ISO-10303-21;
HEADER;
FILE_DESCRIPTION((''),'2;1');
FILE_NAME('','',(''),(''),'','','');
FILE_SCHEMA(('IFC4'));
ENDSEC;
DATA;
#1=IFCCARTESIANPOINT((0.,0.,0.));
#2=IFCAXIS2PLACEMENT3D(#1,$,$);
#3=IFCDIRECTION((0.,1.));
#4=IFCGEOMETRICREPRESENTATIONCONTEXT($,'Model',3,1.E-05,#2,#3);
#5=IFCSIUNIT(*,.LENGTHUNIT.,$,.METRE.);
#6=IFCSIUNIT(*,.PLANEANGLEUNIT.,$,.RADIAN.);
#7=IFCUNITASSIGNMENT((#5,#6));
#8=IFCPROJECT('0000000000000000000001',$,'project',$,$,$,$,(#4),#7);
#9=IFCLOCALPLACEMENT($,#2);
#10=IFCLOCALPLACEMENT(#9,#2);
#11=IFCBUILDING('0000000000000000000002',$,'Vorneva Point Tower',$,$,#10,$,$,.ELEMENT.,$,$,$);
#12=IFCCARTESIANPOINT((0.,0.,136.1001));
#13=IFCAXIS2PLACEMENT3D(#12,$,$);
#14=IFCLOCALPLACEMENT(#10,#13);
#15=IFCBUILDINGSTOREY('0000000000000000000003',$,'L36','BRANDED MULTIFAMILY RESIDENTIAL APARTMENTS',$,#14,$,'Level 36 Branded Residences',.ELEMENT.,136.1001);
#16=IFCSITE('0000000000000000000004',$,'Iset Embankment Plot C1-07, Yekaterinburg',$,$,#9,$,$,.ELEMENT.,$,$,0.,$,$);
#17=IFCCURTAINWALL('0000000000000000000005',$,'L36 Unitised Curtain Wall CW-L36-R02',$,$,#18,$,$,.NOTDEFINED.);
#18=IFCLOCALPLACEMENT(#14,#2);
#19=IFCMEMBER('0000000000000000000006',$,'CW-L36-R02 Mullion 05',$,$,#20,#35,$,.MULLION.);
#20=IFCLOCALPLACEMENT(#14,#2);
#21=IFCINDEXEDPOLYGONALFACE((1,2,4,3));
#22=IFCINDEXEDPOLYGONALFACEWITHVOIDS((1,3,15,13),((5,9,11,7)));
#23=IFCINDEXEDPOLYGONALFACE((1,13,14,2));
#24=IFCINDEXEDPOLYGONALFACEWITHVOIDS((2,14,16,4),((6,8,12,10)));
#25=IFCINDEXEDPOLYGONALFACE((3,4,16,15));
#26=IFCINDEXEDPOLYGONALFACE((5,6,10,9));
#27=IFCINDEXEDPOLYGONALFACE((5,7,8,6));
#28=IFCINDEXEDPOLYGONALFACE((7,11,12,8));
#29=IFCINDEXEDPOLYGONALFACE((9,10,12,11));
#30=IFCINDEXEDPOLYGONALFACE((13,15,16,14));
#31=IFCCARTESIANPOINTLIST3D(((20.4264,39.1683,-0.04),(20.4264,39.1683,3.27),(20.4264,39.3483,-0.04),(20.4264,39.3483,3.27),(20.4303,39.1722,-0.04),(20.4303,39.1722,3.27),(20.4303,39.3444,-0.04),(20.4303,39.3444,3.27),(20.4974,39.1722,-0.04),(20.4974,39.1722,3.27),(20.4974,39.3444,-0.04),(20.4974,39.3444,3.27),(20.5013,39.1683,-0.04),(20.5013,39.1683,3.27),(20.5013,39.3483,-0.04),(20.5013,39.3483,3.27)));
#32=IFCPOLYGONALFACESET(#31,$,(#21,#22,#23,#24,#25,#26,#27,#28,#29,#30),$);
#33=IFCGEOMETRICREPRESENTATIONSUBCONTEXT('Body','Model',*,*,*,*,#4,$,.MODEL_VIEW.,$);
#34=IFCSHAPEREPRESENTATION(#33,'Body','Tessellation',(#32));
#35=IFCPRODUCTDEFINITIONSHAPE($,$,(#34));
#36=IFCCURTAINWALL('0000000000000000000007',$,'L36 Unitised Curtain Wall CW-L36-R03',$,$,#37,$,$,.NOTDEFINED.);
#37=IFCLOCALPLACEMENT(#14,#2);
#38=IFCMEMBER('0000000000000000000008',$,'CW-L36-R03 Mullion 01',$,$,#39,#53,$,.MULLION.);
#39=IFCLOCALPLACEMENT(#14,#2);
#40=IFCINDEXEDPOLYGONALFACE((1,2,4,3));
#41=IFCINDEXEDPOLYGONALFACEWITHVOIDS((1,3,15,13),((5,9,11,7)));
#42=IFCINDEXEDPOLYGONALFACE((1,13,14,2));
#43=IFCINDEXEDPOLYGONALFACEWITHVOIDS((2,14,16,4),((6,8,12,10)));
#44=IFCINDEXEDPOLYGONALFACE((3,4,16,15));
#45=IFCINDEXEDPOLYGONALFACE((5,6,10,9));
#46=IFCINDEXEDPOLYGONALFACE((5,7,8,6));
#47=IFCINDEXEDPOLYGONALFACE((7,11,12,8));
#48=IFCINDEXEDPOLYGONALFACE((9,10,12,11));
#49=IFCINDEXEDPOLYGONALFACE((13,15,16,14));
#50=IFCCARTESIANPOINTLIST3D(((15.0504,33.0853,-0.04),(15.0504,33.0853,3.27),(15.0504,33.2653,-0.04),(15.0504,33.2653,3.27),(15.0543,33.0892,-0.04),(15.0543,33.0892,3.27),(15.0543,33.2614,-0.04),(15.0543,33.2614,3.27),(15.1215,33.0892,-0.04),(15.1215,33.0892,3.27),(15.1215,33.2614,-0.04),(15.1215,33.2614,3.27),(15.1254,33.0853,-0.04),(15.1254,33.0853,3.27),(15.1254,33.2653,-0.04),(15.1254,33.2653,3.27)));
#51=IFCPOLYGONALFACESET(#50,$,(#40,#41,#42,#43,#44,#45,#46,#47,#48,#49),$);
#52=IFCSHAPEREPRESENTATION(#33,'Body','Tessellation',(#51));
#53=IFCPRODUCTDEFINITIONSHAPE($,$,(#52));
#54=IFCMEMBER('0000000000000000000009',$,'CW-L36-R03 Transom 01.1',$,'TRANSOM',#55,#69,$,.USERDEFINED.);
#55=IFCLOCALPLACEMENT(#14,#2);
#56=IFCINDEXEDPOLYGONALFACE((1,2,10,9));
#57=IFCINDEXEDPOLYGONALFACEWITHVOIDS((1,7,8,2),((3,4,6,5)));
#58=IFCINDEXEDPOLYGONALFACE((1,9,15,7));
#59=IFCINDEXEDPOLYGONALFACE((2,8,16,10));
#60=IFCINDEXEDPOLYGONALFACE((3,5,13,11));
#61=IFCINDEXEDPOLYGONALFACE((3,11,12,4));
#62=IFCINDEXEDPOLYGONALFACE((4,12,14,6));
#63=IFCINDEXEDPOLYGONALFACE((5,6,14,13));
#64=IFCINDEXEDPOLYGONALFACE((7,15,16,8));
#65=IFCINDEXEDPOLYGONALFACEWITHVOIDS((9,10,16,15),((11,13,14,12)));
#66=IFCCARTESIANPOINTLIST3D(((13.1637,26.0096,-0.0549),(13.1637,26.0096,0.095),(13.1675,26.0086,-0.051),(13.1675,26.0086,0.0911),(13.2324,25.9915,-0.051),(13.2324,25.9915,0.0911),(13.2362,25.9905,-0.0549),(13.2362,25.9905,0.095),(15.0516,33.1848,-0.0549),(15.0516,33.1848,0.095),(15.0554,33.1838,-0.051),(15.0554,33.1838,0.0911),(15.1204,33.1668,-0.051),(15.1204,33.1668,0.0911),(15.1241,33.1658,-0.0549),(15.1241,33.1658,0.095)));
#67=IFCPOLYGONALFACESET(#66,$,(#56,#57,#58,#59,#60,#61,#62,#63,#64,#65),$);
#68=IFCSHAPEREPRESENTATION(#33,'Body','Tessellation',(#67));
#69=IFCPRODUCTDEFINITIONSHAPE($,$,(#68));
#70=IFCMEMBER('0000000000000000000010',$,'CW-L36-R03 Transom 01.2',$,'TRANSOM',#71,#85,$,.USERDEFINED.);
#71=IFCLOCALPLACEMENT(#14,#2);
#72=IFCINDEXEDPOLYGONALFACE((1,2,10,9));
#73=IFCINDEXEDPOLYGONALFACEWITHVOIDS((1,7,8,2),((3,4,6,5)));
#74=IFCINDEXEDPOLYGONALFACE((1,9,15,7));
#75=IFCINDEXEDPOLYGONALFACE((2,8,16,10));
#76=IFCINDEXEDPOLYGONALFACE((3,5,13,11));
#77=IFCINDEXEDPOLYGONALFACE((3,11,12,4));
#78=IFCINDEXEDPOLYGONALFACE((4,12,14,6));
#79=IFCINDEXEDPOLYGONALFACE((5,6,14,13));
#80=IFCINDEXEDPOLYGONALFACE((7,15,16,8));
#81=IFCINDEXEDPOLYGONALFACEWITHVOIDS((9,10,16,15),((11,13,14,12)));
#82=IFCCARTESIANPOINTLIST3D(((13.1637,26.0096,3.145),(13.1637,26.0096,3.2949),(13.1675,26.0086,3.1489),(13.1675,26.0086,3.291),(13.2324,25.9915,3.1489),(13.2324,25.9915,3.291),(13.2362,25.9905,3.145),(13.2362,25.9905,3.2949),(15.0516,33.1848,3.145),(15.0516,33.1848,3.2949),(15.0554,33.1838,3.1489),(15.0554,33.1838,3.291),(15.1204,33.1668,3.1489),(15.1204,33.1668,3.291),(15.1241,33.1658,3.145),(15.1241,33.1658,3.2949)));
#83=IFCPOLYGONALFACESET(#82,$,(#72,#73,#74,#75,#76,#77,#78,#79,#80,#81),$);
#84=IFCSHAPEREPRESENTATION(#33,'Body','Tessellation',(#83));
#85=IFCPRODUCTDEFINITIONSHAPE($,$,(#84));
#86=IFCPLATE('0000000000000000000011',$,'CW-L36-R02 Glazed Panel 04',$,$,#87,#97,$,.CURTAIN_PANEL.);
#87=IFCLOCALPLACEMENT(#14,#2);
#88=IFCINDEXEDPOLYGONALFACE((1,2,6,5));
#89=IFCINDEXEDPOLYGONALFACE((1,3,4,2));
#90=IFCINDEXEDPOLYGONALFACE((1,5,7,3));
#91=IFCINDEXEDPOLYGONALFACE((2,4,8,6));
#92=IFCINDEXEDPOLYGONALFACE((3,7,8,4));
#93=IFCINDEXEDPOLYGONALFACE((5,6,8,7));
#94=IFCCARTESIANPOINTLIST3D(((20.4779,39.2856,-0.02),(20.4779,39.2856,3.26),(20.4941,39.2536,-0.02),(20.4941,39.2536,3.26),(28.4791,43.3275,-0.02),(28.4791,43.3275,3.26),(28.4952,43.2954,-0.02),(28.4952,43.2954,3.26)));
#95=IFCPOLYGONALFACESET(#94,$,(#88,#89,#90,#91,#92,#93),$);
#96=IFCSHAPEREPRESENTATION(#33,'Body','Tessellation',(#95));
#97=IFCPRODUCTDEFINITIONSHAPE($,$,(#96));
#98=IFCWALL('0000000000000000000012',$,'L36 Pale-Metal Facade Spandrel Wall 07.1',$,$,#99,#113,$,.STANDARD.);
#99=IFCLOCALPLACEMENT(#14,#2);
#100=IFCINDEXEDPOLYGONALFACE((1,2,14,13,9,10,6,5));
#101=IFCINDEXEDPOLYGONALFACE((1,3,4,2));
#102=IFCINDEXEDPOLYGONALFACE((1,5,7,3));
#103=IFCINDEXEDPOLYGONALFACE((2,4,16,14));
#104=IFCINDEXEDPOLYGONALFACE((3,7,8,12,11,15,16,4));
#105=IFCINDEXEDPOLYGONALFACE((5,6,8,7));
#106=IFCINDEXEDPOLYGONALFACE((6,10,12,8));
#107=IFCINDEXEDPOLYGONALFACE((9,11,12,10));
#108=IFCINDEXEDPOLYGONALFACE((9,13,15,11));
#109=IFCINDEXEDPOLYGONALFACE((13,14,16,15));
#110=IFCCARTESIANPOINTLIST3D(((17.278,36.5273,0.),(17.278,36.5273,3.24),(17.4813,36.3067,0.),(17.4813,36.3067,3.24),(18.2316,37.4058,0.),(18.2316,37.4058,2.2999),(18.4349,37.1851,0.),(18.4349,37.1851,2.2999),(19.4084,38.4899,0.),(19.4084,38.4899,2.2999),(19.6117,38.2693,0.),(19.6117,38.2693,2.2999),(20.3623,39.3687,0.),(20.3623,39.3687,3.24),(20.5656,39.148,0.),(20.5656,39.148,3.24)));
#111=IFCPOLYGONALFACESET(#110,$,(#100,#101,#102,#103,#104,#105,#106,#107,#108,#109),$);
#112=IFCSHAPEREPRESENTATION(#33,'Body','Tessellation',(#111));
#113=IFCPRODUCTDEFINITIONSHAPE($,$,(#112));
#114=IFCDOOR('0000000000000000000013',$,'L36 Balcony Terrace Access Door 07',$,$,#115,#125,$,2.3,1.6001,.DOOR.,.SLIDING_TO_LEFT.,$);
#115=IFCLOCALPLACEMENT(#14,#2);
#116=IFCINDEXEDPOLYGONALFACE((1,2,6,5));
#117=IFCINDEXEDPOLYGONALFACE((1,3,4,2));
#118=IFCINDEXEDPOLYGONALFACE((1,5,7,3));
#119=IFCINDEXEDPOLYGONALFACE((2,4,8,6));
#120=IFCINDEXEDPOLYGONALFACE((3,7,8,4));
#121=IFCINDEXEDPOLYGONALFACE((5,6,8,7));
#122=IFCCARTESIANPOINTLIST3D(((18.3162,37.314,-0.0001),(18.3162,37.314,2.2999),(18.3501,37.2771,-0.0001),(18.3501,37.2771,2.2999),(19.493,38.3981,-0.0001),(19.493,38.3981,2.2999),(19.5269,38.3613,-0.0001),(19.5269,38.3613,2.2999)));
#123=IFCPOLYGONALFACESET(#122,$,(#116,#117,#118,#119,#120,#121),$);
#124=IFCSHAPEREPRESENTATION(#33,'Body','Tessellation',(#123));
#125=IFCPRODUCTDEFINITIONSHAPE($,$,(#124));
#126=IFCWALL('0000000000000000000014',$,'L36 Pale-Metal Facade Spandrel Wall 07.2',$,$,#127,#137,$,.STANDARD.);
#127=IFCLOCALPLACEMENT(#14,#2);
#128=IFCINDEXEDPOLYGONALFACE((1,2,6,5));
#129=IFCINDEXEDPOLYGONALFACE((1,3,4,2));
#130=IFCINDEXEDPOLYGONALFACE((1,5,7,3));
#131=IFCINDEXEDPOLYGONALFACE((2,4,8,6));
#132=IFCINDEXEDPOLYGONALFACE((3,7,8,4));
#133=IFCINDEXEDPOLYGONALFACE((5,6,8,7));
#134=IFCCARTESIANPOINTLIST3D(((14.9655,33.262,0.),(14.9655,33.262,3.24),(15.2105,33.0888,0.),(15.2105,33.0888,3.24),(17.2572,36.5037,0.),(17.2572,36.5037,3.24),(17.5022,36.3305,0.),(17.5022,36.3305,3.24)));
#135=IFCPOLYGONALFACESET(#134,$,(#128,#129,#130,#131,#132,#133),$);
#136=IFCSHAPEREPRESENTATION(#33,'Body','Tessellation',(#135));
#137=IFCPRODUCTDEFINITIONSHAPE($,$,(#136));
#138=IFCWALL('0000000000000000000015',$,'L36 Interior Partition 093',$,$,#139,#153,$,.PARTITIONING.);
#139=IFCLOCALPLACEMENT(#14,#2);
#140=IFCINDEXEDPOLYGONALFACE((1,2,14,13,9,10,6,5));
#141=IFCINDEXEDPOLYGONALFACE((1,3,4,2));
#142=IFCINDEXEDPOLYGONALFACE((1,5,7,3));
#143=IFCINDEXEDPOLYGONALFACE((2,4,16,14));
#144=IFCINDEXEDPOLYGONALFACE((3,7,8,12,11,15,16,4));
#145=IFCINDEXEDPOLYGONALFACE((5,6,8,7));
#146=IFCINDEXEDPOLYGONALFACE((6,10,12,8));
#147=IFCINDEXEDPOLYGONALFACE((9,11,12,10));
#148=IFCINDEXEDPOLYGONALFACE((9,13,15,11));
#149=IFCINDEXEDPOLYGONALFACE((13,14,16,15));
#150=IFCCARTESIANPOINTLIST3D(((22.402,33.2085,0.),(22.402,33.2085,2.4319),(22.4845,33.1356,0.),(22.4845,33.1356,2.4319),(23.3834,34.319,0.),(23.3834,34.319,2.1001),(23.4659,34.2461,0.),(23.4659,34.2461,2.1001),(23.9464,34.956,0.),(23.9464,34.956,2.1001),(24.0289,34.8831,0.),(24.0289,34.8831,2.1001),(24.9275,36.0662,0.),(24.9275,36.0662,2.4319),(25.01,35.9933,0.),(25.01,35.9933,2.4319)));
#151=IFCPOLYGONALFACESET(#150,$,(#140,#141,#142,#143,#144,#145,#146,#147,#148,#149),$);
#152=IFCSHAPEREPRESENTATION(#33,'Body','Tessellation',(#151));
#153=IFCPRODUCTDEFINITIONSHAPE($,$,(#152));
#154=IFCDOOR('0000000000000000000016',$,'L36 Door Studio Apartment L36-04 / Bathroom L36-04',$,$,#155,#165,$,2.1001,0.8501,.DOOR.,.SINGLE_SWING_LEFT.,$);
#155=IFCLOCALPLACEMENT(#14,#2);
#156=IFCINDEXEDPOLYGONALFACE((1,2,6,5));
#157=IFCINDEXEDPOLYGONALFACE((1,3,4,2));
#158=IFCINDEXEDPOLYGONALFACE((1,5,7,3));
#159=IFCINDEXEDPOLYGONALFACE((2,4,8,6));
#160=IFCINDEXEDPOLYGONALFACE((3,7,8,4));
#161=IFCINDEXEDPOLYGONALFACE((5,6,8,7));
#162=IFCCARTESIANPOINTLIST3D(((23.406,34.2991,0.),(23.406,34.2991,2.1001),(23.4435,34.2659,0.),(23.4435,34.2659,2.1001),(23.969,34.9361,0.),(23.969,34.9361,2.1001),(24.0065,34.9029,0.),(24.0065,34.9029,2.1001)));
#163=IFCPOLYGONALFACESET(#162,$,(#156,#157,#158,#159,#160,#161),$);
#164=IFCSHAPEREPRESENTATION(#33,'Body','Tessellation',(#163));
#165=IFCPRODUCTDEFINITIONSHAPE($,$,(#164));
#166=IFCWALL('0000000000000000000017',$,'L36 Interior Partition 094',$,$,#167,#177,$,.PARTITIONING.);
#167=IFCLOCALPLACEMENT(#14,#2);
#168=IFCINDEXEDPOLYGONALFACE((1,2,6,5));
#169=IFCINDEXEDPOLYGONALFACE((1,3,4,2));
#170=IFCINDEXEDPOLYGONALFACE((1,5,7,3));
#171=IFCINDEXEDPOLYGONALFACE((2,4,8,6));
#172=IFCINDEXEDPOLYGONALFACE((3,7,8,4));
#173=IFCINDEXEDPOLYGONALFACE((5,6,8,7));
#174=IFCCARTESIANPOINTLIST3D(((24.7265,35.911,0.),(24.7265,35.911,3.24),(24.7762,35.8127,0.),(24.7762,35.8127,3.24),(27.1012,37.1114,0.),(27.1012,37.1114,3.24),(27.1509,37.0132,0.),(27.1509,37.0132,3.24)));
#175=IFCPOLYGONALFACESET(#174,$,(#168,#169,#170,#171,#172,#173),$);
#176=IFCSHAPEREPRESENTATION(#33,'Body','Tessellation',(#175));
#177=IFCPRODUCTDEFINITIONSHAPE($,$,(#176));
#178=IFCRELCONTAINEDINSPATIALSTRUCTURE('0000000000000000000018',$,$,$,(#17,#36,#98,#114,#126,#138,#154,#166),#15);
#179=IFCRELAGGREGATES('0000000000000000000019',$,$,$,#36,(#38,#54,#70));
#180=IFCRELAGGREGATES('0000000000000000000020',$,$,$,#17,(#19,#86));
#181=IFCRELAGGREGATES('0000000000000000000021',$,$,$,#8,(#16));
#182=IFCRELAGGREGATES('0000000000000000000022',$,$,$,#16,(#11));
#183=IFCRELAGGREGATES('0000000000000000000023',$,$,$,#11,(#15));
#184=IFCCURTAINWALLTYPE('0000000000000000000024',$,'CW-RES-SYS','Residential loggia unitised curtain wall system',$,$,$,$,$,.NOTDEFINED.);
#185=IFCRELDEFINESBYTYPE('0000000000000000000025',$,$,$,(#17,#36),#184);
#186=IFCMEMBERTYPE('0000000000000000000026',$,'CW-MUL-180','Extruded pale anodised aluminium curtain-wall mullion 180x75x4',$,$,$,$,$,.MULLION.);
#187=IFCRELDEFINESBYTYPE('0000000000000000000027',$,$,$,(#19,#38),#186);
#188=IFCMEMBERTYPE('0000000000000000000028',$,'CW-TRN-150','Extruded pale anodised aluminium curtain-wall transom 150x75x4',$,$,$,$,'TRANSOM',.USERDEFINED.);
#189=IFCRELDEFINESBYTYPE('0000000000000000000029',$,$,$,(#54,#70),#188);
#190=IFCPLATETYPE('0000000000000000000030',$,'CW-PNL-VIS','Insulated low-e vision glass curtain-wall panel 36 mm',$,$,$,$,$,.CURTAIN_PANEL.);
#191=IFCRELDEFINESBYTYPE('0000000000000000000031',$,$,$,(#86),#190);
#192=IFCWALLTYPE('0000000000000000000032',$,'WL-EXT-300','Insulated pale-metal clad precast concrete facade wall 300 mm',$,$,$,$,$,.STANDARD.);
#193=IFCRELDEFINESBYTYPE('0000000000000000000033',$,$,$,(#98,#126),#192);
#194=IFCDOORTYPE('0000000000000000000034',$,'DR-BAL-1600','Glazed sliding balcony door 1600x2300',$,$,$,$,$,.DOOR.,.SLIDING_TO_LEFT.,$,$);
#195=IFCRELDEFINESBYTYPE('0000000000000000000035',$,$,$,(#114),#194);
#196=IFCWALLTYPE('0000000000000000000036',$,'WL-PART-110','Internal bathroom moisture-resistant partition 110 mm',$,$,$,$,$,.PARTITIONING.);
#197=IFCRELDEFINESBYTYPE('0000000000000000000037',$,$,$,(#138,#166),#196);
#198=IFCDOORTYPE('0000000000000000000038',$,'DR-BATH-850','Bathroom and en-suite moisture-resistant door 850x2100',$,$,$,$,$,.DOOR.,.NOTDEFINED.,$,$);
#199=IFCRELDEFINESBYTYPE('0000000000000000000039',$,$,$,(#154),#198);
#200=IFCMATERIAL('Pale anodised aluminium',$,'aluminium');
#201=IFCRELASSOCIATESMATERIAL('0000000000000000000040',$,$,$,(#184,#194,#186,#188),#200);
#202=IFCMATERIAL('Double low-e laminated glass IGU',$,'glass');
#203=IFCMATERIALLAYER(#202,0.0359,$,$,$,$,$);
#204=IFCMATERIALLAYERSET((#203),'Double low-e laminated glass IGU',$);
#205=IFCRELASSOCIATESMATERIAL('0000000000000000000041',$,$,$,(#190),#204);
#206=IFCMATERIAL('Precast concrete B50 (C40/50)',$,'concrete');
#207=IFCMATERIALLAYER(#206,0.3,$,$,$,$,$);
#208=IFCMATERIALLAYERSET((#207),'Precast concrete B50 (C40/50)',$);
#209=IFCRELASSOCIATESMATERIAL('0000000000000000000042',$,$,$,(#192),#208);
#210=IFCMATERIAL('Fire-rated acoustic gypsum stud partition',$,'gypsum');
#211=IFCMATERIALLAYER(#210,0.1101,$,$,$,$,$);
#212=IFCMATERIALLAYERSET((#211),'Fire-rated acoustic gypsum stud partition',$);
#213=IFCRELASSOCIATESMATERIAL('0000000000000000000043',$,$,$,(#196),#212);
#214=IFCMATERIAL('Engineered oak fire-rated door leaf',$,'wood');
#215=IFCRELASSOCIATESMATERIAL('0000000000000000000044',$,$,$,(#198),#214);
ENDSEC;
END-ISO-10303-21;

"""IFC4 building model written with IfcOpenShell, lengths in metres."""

from ifc_helpers import new_model, si_unit, direction, frame, frame_2d, origin, origin_2d, place, context, subcontext, project, spatial, rectangle, hollow_rectangle, extrude, material, layer, layer_set, material_profile, profile_set, type_object, element, fill, aggregate, save


model = new_model("IFC4")

# Units and contexts
model_context = context("Model", 3, precision=1e-05, world=origin(), true_north=direction((0.0, 1.0)))
body_context = subcontext(model_context, "Body", "Model", "MODEL_VIEW")
ifc_project = project(units=[si_unit("LENGTHUNIT", "METRE"), si_unit("PLANEANGLEUNIT", "RADIAN")], contexts=[model_context])

# Site, building, storey
site_placement = place(None, origin())
site = spatial("IfcSite", under=ifc_project, at=site_placement, Name="Iset Embankment Plot C1-07, Yekaterinburg", CompositionType="ELEMENT", RefElevation=0.0)
building_placement = place(site_placement, origin())
building = spatial("IfcBuilding", under=site, at=building_placement, Name="Vorneva Point Tower", CompositionType="ELEMENT")
storey_placement = place(building_placement, frame((0.0, 0.0, 136.1001)))
storey = spatial("IfcBuildingStorey", under=building, at=storey_placement, Name="L36", Description="BRANDED MULTIFAMILY RESIDENTIAL APARTMENTS", LongName="Level 36 Branded Residences", CompositionType="ELEMENT", Elevation=136.1001)

# Curtain wall, member
ifc_material_1 = material(Name="Pale anodised aluminium", Category="aluminium")
curtain_wall_type = type_object("IfcCurtainWallType", Name="CW-RES-SYS", Description="Residential loggia unitised curtain wall system", PredefinedType="NOTDEFINED", material=ifc_material_1)
curtain_wall_1_placement = place(storey_placement, origin())
curtain_wall_1 = element("IfcCurtainWall", 1, at=curtain_wall_1_placement, inside=storey, type_object=curtain_wall_type, Name="L36 Unitised Curtain Wall CW-L36-R02", PredefinedType="NOTDEFINED")
ifc_material_profile_1 = material_profile(ifc_material_1, hollow_rectangle(XDim=0.075, YDim=0.1799, WallThickness=0.0039, at=origin_2d()), Name="AL-MUL 180x75x4")
ifc_profile_set_1 = profile_set([ifc_material_profile_1], Name="Pale anodised aluminium")
member_type_1 = type_object("IfcMemberType", Name="CW-MUL-180", Description="Extruded pale anodised aluminium curtain-wall mullion 180x75x4", PredefinedType="MULLION", material=ifc_profile_set_1)
member_1_placement = place(storey_placement, frame((20.4639, 39.2583, -0.04), z_axis=(0.0, 0.0, 1.0), x_axis=(1.0, 0.0, 0.0)))
member_1 = element("IfcMember", 2, at=member_1_placement, type_object=member_type_1, Name="CW-L36-R02 Mullion 05", PredefinedType="MULLION", context=body_context, shape_type="SweptSolid", body=[
    extrude(hollow_rectangle(XDim=0.075, YDim=0.1799, WallThickness=0.0039, at=origin_2d()), origin(), (0.0, 0.0, 1.0), 3.3101),
])

# Curtain wall, members
curtain_wall_2_placement = place(storey_placement, origin())
curtain_wall_2 = element("IfcCurtainWall", 3, at=curtain_wall_2_placement, inside=storey, type_object=curtain_wall_type, Name="L36 Unitised Curtain Wall CW-L36-R03", PredefinedType="NOTDEFINED")
member_2_placement = place(storey_placement, frame((15.0879, 33.1753, -0.04), z_axis=(0.0, 0.0, 1.0), x_axis=(1.0, 0.0, 0.0)))
member_2 = element("IfcMember", 4, at=member_2_placement, type_object=member_type_1, Name="CW-L36-R03 Mullion 01", PredefinedType="MULLION", context=body_context, shape_type="SweptSolid", body=[
    extrude(hollow_rectangle(XDim=0.075, YDim=0.1799, WallThickness=0.0039, at=origin_2d()), origin(), (0.0, 0.0, 1.0), 3.3101),
])
ifc_material_profile_2 = material_profile(ifc_material_1, hollow_rectangle(XDim=0.075, YDim=0.1499, WallThickness=0.0039, at=origin_2d()), Name="AL-TRN 150x75x4")
ifc_profile_set_2 = profile_set([ifc_material_profile_2], Name="Pale anodised aluminium")
member_type_2 = type_object("IfcMemberType", Name="CW-TRN-150", Description="Extruded pale anodised aluminium curtain-wall transom 150x75x4", ElementType="TRANSOM", PredefinedType="USERDEFINED", material=ifc_profile_set_2)
member_3_placement = place(storey_placement, frame((15.0879, 33.1753, 0.02), z_axis=(-0.254456, -0.967084, 0.0), x_axis=(0.967084, -0.254456, 0.0)))
member_3 = element("IfcMember", 5, at=member_3_placement, type_object=member_type_2, Name="CW-L36-R03 Transom 01.1", ObjectType="TRANSOM", PredefinedType="USERDEFINED", context=body_context, shape_type="SweptSolid", body=[
    extrude(hollow_rectangle(XDim=0.075, YDim=0.1499, WallThickness=0.0039, at=origin_2d()), origin(), (0.0, 0.0, 1.0), 7.4194),
])
member_4_placement = place(storey_placement, frame((15.0879, 33.1753, 3.22), z_axis=(-0.254456, -0.967084, 0.0), x_axis=(0.967084, -0.254456, 0.0)))
member_4 = element("IfcMember", 6, at=member_4_placement, type_object=member_type_2, Name="CW-L36-R03 Transom 01.2", ObjectType="TRANSOM", PredefinedType="USERDEFINED", context=body_context, shape_type="SweptSolid", body=[
    extrude(hollow_rectangle(XDim=0.075, YDim=0.1499, WallThickness=0.0039, at=origin_2d()), origin(), (0.0, 0.0, 1.0), 7.4194),
])
aggregate(curtain_wall_2, [member_2, member_3, member_4])

# Plate
ifc_material_2 = material(Name="Double low-e laminated glass IGU", Category="glass")
ifc_layer_1 = layer(ifc_material_2, 0.0359)
ifc_layer_set_1 = layer_set([ifc_layer_1], Name="Double low-e laminated glass IGU")
plate_type = type_object("IfcPlateType", Name="CW-PNL-VIS", Description="Insulated low-e vision glass curtain-wall panel 36 mm", PredefinedType="CURTAIN_PANEL", material=ifc_layer_set_1)
plate_placement = place(storey_placement, frame((24.4866, 41.2905, -0.02), z_axis=(0.0, 0.0, 1.0), x_axis=(-0.892578, -0.450893, 0.0)))
plate = element("IfcPlate", 7, at=plate_placement, type_object=plate_type, Name="CW-L36-R02 Glazed Panel 04", PredefinedType="CURTAIN_PANEL", context=body_context, shape_type="SweptSolid", body=[
    extrude(rectangle(XDim=8.9641, YDim=0.0359, at=origin_2d()), origin(), (0.0, 0.0, 1.0), 3.28),
])
aggregate(curtain_wall_1, [member_1, plate])

# Wall, opening, door
ifc_material_3 = material(Name="Precast concrete B50 (C40/50)", Category="concrete")
ifc_layer_2 = layer(ifc_material_3, 0.3)
ifc_layer_set_2 = layer_set([ifc_layer_2], Name="Precast concrete B50 (C40/50)")
wall_type_1 = type_object("IfcWallType", Name="WL-EXT-300", Description="Insulated pale-metal clad precast concrete facade wall 300 mm", PredefinedType="STANDARD", material=ifc_layer_set_2)
wall_1_placement = place(storey_placement, frame((20.4639, 39.2583, 0.0), z_axis=(0.0, 0.0, 1.0), x_axis=(-0.735477, -0.67755, 0.0)))
wall_1 = element("IfcWall", 8, at=wall_1_placement, inside=storey, type_object=wall_type_1, Name="L36 Pale-Metal Facade Spandrel Wall 07.1", PredefinedType="STANDARD", context=body_context, shape_type="SweptSolid", body=[
    extrude(rectangle(XDim=4.1936, YDim=0.3, at=frame_2d((2.0967, 0.0))), origin(), (0.0, 0.0, 1.0), 3.24),
])
opening_1_placement = place(wall_1_placement, frame((1.2969, 0.0, 0.0)))
opening_1 = element("IfcOpeningElement", 9, at=opening_1_placement, cuts=wall_1, PredefinedType="OPENING", context=body_context, shape_type="SweptSolid", body=[
    extrude(rectangle(XDim=1.6001, YDim=2.3, at=frame_2d((0.8, 1.1499))), frame((0.0, 0.165, 0.0), z_axis=(0.0, -1.0, 0.0), x_axis=(1.0, 0.0, 0.0)), (0.0, 0.0, 1.0), 0.3298),
])
door_type_1 = type_object("IfcDoorType", Name="DR-BAL-1600", Description="Glazed sliding balcony door 1600x2300", OperationType="SLIDING_TO_LEFT", PredefinedType="DOOR", material=ifc_material_1)
door_1_placement = place(opening_1_placement, origin())
door_1 = element("IfcDoor", 10, at=door_1_placement, inside=storey, type_object=door_type_1, Name="L36 Balcony Terrace Access Door 07", OperationType="SLIDING_TO_LEFT", OverallHeight=2.3, OverallWidth=1.6001, PredefinedType="DOOR", context=body_context, shape_type="SweptSolid", body=[
    extrude(rectangle(XDim=1.6001, YDim=2.3, at=frame_2d((0.8, 1.1499))), frame((0.0, 0.0249, 0.0), z_axis=(0.0, -1.0, 0.0), x_axis=(1.0, 0.0, 0.0)), (0.0, 0.0, 1.0), 0.05),
])
fill(opening_1, door_1)

# Wall
wall_2_placement = place(storey_placement, frame((17.3796, 36.417, 0.0), z_axis=(0.0, 0.0, 1.0), x_axis=(-0.57727, -0.816554, 0.0)))
element("IfcWall", 11, at=wall_2_placement, inside=storey, type_object=wall_type_1, Name="L36 Pale-Metal Facade Spandrel Wall 07.2", PredefinedType="STANDARD", context=body_context, shape_type="SweptSolid", body=[
    extrude(rectangle(XDim=3.97, YDim=0.3, at=frame_2d((1.9849, 0.0))), origin(), (0.0, 0.0, 1.0), 3.24),
])

# Wall, opening, door
ifc_material_4 = material(Name="Fire-rated acoustic gypsum stud partition", Category="gypsum")
ifc_layer_3 = layer(ifc_material_4, 0.1101)
ifc_layer_set_3 = layer_set([ifc_layer_3], Name="Fire-rated acoustic gypsum stud partition")
wall_type_2 = type_object("IfcWallType", Name="WL-PART-110", Description="Internal bathroom moisture-resistant partition 110 mm", PredefinedType="PARTITIONING", material=ifc_layer_set_3)
wall_3_placement = place(storey_placement, frame((22.4434, 33.1721, 0.0), z_axis=(0.0, 0.0, 1.0), x_axis=(0.662199, 0.749328, 0.0)))
wall_3 = element("IfcWall", 12, at=wall_3_placement, inside=storey, type_object=wall_type_2, Name="L36 Interior Partition 093", PredefinedType="PARTITIONING", context=body_context, shape_type="SweptSolid", body=[
    extrude(rectangle(XDim=3.8137, YDim=0.1101, at=frame_2d((1.9067, 0.0))), origin(), (0.0, 0.0, 1.0), 2.4319),
])
opening_2_placement = place(wall_3_placement, frame((1.4819, 0.0, 0.0)))
opening_2 = element("IfcOpeningElement", 13, at=opening_2_placement, cuts=wall_3, PredefinedType="OPENING", context=body_context, shape_type="SweptSolid", body=[
    extrude(rectangle(XDim=0.8501, YDim=2.1001, at=frame_2d((0.425, 1.05))), frame((0.0, 0.0698, 0.0), z_axis=(0.0, -1.0, 0.0), x_axis=(1.0, 0.0, 0.0)), (0.0, 0.0, 1.0), 0.1399),
])
ifc_material_5 = material(Name="Engineered oak fire-rated door leaf", Category="wood")
door_type_2 = type_object("IfcDoorType", Name="DR-BATH-850", Description="Bathroom and en-suite moisture-resistant door 850x2100", OperationType="NOTDEFINED", PredefinedType="DOOR", material=ifc_material_5)
door_2_placement = place(opening_2_placement, origin())
door_2 = element("IfcDoor", 14, at=door_2_placement, inside=storey, type_object=door_type_2, Name="L36 Door Studio Apartment L36-04 / Bathroom L36-04", OperationType="SINGLE_SWING_LEFT", OverallHeight=2.1001, OverallWidth=0.8501, PredefinedType="DOOR", context=body_context, shape_type="SweptSolid", body=[
    extrude(rectangle(XDim=0.8501, YDim=2.1001, at=frame_2d((0.425, 1.05))), frame((0.0, 0.0249, 0.0), z_axis=(0.0, -1.0, 0.0), x_axis=(1.0, 0.0, 0.0)), (0.0, 0.0, 1.0), 0.05),
])
fill(opening_2, door_2)

# Wall
wall_4_placement = place(storey_placement, frame((24.7512, 35.8618, 0.0), z_axis=(0.0, 0.0, 1.0), x_axis=(0.892455, 0.451136, 0.0)))
element("IfcWall", 15, at=wall_4_placement, inside=storey, type_object=wall_type_2, Name="L36 Interior Partition 094", PredefinedType="PARTITIONING", context=body_context, shape_type="SweptSolid", body=[
    extrude(rectangle(XDim=2.6609, YDim=0.1101, at=frame_2d((1.3306, 0.0))), origin(), (0.0, 0.0, 1.0), 3.24),
])

save(model, "model.ifc")
